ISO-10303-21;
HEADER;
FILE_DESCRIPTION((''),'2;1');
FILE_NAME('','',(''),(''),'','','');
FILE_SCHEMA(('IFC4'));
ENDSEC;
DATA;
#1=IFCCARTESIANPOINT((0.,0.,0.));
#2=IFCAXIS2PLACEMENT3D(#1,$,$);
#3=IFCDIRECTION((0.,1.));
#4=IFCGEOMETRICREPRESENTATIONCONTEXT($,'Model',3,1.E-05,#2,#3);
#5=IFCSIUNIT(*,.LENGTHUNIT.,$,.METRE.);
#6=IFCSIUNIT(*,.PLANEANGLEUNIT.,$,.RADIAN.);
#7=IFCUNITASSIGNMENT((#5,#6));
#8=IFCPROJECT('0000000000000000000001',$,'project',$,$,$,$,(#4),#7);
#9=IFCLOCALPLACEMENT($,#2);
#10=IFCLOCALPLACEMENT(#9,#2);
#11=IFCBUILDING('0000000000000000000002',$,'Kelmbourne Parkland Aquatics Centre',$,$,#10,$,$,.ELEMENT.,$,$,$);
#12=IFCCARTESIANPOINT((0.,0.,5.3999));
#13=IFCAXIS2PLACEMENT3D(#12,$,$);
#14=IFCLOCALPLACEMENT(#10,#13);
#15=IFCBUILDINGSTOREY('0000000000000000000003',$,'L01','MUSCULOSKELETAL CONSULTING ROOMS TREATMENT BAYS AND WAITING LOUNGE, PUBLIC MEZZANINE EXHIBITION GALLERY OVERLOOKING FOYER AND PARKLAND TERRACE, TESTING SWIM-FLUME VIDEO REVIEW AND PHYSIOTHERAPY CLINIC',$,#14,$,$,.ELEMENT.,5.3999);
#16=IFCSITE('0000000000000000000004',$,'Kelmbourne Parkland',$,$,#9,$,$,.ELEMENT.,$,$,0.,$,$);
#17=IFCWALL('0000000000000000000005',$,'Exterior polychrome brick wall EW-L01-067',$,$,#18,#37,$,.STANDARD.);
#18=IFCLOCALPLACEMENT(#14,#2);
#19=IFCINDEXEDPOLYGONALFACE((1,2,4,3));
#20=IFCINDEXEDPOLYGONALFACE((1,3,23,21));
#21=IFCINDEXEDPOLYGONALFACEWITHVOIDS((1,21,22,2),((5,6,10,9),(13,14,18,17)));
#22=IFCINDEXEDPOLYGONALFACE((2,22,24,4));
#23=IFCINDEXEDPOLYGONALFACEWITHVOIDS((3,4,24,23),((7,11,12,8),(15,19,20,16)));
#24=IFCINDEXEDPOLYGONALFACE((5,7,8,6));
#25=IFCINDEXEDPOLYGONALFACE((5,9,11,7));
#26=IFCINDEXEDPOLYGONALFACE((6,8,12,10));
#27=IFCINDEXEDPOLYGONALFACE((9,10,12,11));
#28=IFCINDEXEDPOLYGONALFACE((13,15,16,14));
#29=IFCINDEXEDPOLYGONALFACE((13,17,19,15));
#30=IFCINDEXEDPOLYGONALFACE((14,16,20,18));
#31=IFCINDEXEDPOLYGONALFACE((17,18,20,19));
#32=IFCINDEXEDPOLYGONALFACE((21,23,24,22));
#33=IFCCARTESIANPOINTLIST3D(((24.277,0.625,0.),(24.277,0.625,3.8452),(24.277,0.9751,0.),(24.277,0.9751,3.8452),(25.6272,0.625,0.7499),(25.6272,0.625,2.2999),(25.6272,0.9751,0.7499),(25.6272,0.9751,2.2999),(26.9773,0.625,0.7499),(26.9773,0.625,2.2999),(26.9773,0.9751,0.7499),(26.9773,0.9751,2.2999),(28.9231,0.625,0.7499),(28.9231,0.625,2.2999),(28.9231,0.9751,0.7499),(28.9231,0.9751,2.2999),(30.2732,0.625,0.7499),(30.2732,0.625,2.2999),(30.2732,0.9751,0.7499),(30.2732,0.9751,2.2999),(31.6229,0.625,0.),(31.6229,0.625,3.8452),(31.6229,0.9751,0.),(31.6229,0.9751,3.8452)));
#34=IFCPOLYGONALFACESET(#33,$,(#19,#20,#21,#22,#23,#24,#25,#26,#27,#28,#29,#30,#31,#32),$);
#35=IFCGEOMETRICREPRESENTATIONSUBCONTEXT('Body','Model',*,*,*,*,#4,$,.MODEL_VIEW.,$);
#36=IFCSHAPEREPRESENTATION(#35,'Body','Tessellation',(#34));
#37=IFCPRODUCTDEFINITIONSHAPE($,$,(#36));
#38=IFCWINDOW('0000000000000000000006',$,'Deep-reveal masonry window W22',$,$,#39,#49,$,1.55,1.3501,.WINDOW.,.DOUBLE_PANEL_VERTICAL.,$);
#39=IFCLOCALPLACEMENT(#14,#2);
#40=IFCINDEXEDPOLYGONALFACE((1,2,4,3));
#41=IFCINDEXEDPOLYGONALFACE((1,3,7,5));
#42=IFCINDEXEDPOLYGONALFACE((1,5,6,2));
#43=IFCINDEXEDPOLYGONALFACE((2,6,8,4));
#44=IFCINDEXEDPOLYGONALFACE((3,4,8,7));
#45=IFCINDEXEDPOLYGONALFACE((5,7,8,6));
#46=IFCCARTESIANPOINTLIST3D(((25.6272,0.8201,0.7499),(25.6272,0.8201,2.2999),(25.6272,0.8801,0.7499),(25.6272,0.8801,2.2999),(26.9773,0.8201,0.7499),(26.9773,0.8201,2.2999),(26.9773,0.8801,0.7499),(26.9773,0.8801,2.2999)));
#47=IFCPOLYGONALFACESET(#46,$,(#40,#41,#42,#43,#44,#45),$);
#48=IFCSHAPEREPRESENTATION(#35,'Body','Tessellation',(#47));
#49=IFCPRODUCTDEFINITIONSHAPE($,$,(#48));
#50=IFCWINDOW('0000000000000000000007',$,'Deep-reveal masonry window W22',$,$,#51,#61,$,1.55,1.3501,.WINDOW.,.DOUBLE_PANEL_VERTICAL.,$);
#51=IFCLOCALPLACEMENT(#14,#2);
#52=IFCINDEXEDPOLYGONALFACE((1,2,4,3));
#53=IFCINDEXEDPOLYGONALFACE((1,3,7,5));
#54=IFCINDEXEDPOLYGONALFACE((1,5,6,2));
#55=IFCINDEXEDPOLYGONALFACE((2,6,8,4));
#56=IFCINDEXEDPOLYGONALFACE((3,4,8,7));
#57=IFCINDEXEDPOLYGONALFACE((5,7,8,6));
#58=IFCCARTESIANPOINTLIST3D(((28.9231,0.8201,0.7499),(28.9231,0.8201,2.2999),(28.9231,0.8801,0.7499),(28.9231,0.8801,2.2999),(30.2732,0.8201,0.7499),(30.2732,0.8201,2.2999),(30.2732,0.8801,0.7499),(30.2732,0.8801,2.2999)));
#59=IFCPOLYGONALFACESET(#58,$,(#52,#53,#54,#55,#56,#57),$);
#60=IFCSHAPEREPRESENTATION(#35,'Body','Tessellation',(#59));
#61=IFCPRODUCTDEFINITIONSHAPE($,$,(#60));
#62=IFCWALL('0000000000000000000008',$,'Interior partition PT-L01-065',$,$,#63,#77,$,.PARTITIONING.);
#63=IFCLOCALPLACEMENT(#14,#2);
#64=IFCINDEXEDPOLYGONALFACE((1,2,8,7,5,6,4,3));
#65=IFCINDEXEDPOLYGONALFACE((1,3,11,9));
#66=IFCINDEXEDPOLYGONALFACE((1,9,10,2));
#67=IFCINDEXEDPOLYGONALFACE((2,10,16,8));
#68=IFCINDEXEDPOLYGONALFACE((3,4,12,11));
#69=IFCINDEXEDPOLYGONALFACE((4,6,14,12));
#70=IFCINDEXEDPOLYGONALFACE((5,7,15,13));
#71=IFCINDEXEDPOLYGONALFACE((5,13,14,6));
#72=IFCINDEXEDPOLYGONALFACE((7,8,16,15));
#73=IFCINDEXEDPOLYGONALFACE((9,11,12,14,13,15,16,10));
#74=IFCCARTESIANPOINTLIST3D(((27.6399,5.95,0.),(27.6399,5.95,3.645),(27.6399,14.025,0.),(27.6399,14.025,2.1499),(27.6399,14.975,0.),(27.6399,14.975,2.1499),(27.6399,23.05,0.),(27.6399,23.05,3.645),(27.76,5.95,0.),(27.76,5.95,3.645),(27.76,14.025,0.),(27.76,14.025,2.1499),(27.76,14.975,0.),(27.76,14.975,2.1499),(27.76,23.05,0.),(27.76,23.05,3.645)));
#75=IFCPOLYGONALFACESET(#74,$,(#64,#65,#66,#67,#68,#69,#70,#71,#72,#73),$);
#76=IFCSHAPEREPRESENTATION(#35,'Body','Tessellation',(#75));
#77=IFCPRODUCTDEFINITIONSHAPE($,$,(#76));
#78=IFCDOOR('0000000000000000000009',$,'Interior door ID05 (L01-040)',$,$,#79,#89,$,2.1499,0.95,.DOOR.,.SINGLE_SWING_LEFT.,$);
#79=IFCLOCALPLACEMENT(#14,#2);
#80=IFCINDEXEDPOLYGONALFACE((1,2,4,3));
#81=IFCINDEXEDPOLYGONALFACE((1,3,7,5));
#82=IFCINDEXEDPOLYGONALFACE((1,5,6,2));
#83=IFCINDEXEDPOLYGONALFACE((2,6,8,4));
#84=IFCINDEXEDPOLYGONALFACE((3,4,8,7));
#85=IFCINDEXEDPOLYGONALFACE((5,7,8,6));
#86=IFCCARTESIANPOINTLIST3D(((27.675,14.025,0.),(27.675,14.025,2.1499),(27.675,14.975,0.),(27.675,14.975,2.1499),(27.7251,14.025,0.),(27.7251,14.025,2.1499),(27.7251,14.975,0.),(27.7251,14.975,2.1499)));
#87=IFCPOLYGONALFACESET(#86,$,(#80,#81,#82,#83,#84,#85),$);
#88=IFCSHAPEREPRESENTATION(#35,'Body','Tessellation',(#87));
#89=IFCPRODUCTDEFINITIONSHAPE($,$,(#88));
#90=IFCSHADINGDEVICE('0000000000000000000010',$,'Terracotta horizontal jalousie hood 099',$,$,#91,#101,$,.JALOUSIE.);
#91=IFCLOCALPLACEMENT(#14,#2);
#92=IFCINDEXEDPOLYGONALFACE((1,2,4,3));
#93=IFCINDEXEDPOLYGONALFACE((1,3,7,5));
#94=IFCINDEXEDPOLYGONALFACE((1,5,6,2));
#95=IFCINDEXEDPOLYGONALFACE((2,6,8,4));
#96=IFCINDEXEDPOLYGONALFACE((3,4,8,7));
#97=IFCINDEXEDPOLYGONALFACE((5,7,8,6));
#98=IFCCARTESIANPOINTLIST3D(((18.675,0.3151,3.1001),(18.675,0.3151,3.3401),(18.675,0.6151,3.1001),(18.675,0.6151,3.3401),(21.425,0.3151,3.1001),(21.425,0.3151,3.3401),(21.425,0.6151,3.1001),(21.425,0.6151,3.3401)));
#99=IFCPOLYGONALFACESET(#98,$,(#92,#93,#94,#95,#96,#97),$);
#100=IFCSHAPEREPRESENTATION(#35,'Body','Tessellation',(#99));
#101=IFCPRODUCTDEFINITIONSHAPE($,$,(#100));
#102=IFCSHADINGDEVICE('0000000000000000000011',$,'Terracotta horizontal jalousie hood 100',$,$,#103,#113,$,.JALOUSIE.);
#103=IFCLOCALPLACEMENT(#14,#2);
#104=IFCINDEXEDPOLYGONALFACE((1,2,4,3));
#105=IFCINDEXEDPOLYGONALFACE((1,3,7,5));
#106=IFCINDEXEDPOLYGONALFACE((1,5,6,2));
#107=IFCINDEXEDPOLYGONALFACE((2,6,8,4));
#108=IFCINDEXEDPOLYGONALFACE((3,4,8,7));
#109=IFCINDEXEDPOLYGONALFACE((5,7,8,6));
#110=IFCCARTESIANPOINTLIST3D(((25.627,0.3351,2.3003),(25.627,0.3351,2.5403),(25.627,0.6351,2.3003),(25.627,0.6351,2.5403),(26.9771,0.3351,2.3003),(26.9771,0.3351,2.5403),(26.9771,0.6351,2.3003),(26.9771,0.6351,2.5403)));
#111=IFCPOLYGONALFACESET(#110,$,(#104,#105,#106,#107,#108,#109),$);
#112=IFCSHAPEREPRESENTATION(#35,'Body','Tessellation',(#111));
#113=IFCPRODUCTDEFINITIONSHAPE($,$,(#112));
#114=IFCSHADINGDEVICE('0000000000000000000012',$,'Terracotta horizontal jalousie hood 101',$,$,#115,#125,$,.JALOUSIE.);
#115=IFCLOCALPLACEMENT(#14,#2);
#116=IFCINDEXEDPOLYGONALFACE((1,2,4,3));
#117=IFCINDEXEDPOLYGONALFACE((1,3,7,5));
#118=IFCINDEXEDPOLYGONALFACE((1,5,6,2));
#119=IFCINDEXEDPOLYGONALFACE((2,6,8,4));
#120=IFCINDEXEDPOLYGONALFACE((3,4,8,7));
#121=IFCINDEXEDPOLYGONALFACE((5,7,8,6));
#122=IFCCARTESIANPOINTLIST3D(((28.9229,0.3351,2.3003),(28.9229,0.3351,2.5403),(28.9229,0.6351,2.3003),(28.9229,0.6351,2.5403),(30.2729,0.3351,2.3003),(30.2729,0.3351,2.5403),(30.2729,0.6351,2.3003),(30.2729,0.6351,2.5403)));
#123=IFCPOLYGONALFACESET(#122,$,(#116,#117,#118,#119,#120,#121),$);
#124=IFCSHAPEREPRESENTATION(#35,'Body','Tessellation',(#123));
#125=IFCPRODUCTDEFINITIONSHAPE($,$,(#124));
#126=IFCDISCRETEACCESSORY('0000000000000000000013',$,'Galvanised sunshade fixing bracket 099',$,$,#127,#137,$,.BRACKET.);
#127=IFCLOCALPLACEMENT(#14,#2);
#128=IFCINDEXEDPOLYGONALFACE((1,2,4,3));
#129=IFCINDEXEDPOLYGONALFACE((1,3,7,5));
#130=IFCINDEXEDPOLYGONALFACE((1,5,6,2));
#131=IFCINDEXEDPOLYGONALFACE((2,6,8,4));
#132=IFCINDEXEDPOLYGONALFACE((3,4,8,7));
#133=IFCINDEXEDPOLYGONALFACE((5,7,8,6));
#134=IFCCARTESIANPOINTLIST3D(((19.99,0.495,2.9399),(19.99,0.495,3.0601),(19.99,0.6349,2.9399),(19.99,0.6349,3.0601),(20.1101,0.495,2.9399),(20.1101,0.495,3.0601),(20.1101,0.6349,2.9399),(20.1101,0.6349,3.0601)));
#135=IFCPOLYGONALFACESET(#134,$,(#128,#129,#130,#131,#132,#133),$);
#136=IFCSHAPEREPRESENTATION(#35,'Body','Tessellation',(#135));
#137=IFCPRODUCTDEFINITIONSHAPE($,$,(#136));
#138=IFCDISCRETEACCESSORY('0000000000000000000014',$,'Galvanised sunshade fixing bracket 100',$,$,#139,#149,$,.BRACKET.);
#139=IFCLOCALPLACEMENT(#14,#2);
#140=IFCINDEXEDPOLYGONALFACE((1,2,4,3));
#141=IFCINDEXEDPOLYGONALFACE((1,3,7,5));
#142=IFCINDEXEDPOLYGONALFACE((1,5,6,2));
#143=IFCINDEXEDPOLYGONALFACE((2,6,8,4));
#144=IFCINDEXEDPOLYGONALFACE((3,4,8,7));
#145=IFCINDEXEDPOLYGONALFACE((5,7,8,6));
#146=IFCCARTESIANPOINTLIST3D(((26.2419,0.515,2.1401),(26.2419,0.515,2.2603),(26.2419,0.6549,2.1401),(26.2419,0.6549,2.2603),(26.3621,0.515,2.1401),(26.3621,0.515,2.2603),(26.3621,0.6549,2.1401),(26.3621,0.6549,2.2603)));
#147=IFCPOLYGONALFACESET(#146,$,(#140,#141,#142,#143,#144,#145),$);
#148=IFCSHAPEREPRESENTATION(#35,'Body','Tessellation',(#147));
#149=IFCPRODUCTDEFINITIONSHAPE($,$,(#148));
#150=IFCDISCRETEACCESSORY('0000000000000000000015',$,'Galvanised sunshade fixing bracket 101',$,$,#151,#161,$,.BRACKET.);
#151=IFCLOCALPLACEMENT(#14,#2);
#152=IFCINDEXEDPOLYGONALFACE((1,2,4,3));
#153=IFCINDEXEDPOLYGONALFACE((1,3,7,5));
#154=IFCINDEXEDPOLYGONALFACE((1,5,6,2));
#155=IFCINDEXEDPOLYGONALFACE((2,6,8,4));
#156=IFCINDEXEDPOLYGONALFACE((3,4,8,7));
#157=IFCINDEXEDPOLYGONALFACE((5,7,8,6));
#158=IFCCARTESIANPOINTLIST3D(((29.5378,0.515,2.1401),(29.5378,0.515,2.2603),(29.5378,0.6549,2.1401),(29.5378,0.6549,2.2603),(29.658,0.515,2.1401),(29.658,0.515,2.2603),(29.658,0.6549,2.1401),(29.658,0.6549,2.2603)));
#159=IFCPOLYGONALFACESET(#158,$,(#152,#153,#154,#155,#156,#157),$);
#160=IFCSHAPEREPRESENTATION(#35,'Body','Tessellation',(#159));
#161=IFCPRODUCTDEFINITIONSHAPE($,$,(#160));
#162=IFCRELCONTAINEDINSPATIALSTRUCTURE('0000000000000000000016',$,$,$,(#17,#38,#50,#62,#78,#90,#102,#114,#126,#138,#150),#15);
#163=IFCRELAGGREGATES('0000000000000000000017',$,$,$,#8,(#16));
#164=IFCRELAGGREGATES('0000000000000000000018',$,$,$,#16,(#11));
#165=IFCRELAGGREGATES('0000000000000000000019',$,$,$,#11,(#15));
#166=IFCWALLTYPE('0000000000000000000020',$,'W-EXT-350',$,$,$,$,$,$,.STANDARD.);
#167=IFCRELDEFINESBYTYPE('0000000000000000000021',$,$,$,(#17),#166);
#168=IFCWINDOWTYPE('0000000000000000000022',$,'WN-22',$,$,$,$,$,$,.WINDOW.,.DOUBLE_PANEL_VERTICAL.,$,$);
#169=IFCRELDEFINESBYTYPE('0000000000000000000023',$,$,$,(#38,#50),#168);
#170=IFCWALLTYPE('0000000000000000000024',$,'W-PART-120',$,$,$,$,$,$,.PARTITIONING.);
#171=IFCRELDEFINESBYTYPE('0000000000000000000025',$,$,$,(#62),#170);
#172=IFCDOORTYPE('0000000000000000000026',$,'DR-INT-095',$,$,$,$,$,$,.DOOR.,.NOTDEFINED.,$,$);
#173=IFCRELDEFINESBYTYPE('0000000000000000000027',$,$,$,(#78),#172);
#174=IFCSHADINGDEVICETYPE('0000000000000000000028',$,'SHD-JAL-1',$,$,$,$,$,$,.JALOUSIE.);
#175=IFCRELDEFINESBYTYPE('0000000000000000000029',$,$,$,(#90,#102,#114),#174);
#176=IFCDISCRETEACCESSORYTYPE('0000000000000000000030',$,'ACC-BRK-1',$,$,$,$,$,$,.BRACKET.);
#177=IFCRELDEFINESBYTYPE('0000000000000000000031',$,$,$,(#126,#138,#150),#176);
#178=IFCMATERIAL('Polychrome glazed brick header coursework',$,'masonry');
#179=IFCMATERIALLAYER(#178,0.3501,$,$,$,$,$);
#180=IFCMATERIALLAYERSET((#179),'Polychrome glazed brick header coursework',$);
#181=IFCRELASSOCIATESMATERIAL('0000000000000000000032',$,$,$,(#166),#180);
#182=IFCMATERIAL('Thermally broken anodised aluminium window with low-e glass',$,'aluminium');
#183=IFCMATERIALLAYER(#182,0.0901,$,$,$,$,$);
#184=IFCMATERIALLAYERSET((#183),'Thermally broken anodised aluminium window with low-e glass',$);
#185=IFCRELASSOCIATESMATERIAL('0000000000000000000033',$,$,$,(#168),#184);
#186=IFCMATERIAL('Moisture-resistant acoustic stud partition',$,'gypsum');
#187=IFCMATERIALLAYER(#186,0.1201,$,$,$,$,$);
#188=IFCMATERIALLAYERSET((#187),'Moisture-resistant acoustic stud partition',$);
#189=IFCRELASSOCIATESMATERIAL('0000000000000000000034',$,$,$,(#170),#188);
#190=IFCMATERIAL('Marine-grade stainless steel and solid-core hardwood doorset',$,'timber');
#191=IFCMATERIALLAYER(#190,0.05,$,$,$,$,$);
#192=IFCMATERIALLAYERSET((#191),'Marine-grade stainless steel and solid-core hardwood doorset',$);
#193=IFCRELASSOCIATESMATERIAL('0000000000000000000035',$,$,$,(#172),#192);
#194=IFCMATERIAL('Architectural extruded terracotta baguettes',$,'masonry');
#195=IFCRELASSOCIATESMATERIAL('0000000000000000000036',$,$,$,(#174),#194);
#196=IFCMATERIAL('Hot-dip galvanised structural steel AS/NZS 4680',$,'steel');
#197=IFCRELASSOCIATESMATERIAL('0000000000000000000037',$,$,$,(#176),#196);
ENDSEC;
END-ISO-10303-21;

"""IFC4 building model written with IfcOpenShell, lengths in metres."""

from ifc_helpers import new_model, si_unit, direction, frame, frame_2d, origin, origin_2d, place, context, subcontext, project, spatial, rectangle, extrude, material, layer, layer_set, type_object, element, fill, save


model = new_model("IFC4")

# Units and contexts
model_context = context("Model", 3, precision=1e-05, world=origin(), true_north=direction((0.0, 1.0)))
body_context = subcontext(model_context, "Body", "Model", "MODEL_VIEW")
ifc_project = project(units=[si_unit("LENGTHUNIT", "METRE"), si_unit("PLANEANGLEUNIT", "RADIAN")], contexts=[model_context])

# Site, building, storey
site_placement = place(None, origin())
site = spatial("IfcSite", under=ifc_project, at=site_placement, Name="Kelmbourne Parkland", CompositionType="ELEMENT", RefElevation=0.0)
building_placement = place(site_placement, origin())
building = spatial("IfcBuilding", under=site, at=building_placement, Name="Kelmbourne Parkland Aquatics Centre", CompositionType="ELEMENT")
storey_placement = place(building_placement, frame((0.0, 0.0, 5.3999)))
storey = spatial("IfcBuildingStorey", under=building, at=storey_placement, Name="L01", Description="MUSCULOSKELETAL CONSULTING ROOMS TREATMENT BAYS AND WAITING LOUNGE, PUBLIC MEZZANINE EXHIBITION GALLERY OVERLOOKING FOYER AND PARKLAND TERRACE, TESTING SWIM-FLUME VIDEO REVIEW AND PHYSIOTHERAPY CLINIC", CompositionType="ELEMENT", Elevation=5.3999)

# Wall, openings, windows
ifc_material_1 = material(Name="Polychrome glazed brick header coursework", Category="masonry")
ifc_layer_1 = layer(ifc_material_1, 0.3501)
ifc_layer_set_1 = layer_set([ifc_layer_1], Name="Polychrome glazed brick header coursework")
wall_type_1 = type_object("IfcWallType", Name="W-EXT-350", PredefinedType="STANDARD", material=ifc_layer_set_1)
wall_1_placement = place(storey_placement, frame((24.2771, 0.8, 0.0), z_axis=(0.0, 0.0, 1.0), x_axis=(1.0, 0.0, 0.0)))
wall_1 = element("IfcWall", 1, at=wall_1_placement, inside=storey, type_object=wall_type_1, Name="Exterior polychrome brick wall EW-L01-067", PredefinedType="STANDARD", context=body_context, shape_type="SweptSolid", body=[
    extrude(rectangle(XDim=7.3459, YDim=0.3501, at=frame_2d((3.6729, 0.0))), origin(), (0.0, 0.0, 1.0), 3.8452),
])
opening_1_placement = place(wall_1_placement, frame((1.3501, 0.0, 0.75)))
opening_1 = element("IfcOpeningElement", 2, at=opening_1_placement, cuts=wall_1, PredefinedType="OPENING", context=body_context, shape_type="SweptSolid", body=[
    extrude(rectangle(XDim=1.3501, YDim=1.55, at=frame_2d((0.675, 0.7749))), frame((0.0, 0.187, 0.0), z_axis=(0.0, -1.0, 0.0), x_axis=(1.0, 0.0, 0.0)), (0.0, 0.0, 1.0), 0.374),
])
opening_2_placement = place(wall_1_placement, frame((4.646, 0.0, 0.75)))
opening_2 = element("IfcOpeningElement", 3, at=opening_2_placement, cuts=wall_1, PredefinedType="OPENING", context=body_context, shape_type="SweptSolid", body=[
    extrude(rectangle(XDim=1.3501, YDim=1.55, at=frame_2d((0.675, 0.7749))), frame((0.0, 0.187, 0.0), z_axis=(0.0, -1.0, 0.0), x_axis=(1.0, 0.0, 0.0)), (0.0, 0.0, 1.0), 0.374),
])
ifc_material_2 = material(Name="Thermally broken anodised aluminium window with low-e glass", Category="aluminium")
ifc_layer_2 = layer(ifc_material_2, 0.0901)
ifc_layer_set_2 = layer_set([ifc_layer_2], Name="Thermally broken anodised aluminium window with low-e glass")
window_type = type_object("IfcWindowType", Name="WN-22", PartitioningType="DOUBLE_PANEL_VERTICAL", PredefinedType="WINDOW", material=ifc_layer_set_2)
window_1_placement = place(opening_1_placement, origin())
window_1 = element("IfcWindow", 4, at=window_1_placement, inside=storey, type_object=window_type, Name="Deep-reveal masonry window W22", OverallHeight=1.55, OverallWidth=1.3501, PartitioningType="DOUBLE_PANEL_VERTICAL", PredefinedType="WINDOW", context=body_context, shape_type="SweptSolid", body=[
    extrude(rectangle(XDim=1.3501, YDim=1.55, at=frame_2d((0.675, 0.7749))), frame((0.0, 0.0801, 0.0), z_axis=(0.0, -1.0, 0.0), x_axis=(1.0, 0.0, 0.0)), (0.0, 0.0, 1.0), 0.0601),
])
fill(opening_1, window_1)
window_2_placement = place(opening_2_placement, origin())
window_2 = element("IfcWindow", 5, at=window_2_placement, inside=storey, type_object=window_type, Name="Deep-reveal masonry window W22", OverallHeight=1.55, OverallWidth=1.3501, PartitioningType="DOUBLE_PANEL_VERTICAL", PredefinedType="WINDOW", context=body_context, shape_type="SweptSolid", body=[
    extrude(rectangle(XDim=1.3501, YDim=1.55, at=frame_2d((0.675, 0.7749))), frame((0.0, 0.0801, 0.0), z_axis=(0.0, -1.0, 0.0), x_axis=(1.0, 0.0, 0.0)), (0.0, 0.0, 1.0), 0.0601),
])
fill(opening_2, window_2)

# Wall, opening, door
ifc_material_3 = material(Name="Moisture-resistant acoustic stud partition", Category="gypsum")
ifc_layer_3 = layer(ifc_material_3, 0.1201)
ifc_layer_set_3 = layer_set([ifc_layer_3], Name="Moisture-resistant acoustic stud partition")
wall_type_2 = type_object("IfcWallType", Name="W-PART-120", PredefinedType="PARTITIONING", material=ifc_layer_set_3)
wall_2_placement = place(storey_placement, frame((27.7, 5.95, 0.0), z_axis=(0.0, 0.0, 1.0), x_axis=(0.0, 1.0, 0.0)))
wall_2 = element("IfcWall", 6, at=wall_2_placement, inside=storey, type_object=wall_type_2, Name="Interior partition PT-L01-065", PredefinedType="PARTITIONING", context=body_context, shape_type="SweptSolid", body=[
    extrude(rectangle(XDim=17.1001, YDim=0.1201, at=frame_2d((8.55, 0.0))), origin(), (0.0, 0.0, 1.0), 3.645),
])
opening_3_placement = place(wall_2_placement, frame((8.075, 0.0, 0.0)))
opening_3 = element("IfcOpeningElement", 7, at=opening_3_placement, cuts=wall_2, PredefinedType="OPENING", context=body_context, shape_type="SweptSolid", body=[
    extrude(rectangle(XDim=0.95, YDim=2.1499, at=frame_2d((0.4751, 1.075))), frame((0.0, 0.072, 0.0), z_axis=(0.0, -1.0, 0.0), x_axis=(1.0, 0.0, 0.0)), (0.0, 0.0, 1.0), 0.144),
])
ifc_material_4 = material(Name="Marine-grade stainless steel and solid-core hardwood doorset", Category="timber")
ifc_layer_4 = layer(ifc_material_4, 0.05)
ifc_layer_set_4 = layer_set([ifc_layer_4], Name="Marine-grade stainless steel and solid-core hardwood doorset")
door_type = type_object("IfcDoorType", Name="DR-INT-095", OperationType="NOTDEFINED", PredefinedType="DOOR", material=ifc_layer_set_4)
door_placement = place(opening_3_placement, origin())
door = element("IfcDoor", 8, at=door_placement, inside=storey, type_object=door_type, Name="Interior door ID05 (L01-040)", OperationType="SINGLE_SWING_LEFT", OverallHeight=2.1499, OverallWidth=0.95, PredefinedType="DOOR", context=body_context, shape_type="SweptSolid", body=[
    extrude(rectangle(XDim=0.95, YDim=2.1499, at=frame_2d((0.4751, 1.075))), frame((0.0, 0.0249, 0.0), z_axis=(0.0, -1.0, 0.0), x_axis=(1.0, 0.0, 0.0)), (0.0, 0.0, 1.0), 0.05),
])
fill(opening_3, door)

# Shading devices
ifc_material_5 = material(Name="Architectural extruded terracotta baguettes", Category="masonry")
shading_device_type = type_object("IfcShadingDeviceType", Name="SHD-JAL-1", PredefinedType="JALOUSIE", material=ifc_material_5)
shading_device_placement = place(storey_placement, frame((20.05, 0.4651, 3.1001), z_axis=(0.0, 0.0, 1.0), x_axis=(1.0, 0.0, 0.0)))
element("IfcShadingDevice", 9, at=shading_device_placement, inside=storey, type_object=shading_device_type, Name="Terracotta horizontal jalousie hood 099", PredefinedType="JALOUSIE", context=body_context, shape_type="SweptSolid", body=[
    extrude(rectangle(XDim=2.75, YDim=0.3, at=origin_2d()), origin(), (0.0, 0.0, 1.0), 0.24),
])
for number, where, z_axis, x_axis, name in (
    (10, (26.302, 0.4851, 2.3003), (0.0, 0.0, 1.0), (1.0, 0.0, 0.0), "Terracotta horizontal jalousie hood 100"),
    (11, (29.5979, 0.4851, 2.3003), (0.0, 0.0, 1.0), (1.0, 0.0, 0.0), "Terracotta horizontal jalousie hood 101"),
):
    element("IfcShadingDevice", number, at=place(storey_placement, frame(where, z_axis=z_axis, x_axis=x_axis)), inside=storey, type_object=shading_device_type, Name=name, PredefinedType="JALOUSIE", context=body_context, shape_type="SweptSolid", body=[
        extrude(rectangle(XDim=1.3501, YDim=0.3, at=origin_2d()), origin(), (0.0, 0.0, 1.0), 0.24),
    ])

# Discrete accessories
ifc_material_6 = material(Name="Hot-dip galvanised structural steel AS/NZS 4680", Category="steel")
discrete_accessory_type = type_object("IfcDiscreteAccessoryType", Name="ACC-BRK-1", PredefinedType="BRACKET", material=ifc_material_6)
for number, where, z_axis, x_axis, name in (
    (12, (20.05, 0.5649, 2.9399), (0.0, 0.0, 1.0), (1.0, 0.0, 0.0), "Galvanised sunshade fixing bracket 099"),
    (13, (26.302, 0.585, 2.1401), (0.0, 0.0, 1.0), (1.0, 0.0, 0.0), "Galvanised sunshade fixing bracket 100"),
    (14, (29.5979, 0.585, 2.1401), (0.0, 0.0, 1.0), (1.0, 0.0, 0.0), "Galvanised sunshade fixing bracket 101"),
):
    element("IfcDiscreteAccessory", number, at=place(storey_placement, frame(where, z_axis=z_axis, x_axis=x_axis)), inside=storey, type_object=discrete_accessory_type, Name=name, PredefinedType="BRACKET", context=body_context, shape_type="SweptSolid", body=[
        extrude(rectangle(XDim=0.1201, YDim=0.1399, at=origin_2d()), origin(), (0.0, 0.0, 1.0), 0.1201),
    ])

save(model, "model.ifc")
